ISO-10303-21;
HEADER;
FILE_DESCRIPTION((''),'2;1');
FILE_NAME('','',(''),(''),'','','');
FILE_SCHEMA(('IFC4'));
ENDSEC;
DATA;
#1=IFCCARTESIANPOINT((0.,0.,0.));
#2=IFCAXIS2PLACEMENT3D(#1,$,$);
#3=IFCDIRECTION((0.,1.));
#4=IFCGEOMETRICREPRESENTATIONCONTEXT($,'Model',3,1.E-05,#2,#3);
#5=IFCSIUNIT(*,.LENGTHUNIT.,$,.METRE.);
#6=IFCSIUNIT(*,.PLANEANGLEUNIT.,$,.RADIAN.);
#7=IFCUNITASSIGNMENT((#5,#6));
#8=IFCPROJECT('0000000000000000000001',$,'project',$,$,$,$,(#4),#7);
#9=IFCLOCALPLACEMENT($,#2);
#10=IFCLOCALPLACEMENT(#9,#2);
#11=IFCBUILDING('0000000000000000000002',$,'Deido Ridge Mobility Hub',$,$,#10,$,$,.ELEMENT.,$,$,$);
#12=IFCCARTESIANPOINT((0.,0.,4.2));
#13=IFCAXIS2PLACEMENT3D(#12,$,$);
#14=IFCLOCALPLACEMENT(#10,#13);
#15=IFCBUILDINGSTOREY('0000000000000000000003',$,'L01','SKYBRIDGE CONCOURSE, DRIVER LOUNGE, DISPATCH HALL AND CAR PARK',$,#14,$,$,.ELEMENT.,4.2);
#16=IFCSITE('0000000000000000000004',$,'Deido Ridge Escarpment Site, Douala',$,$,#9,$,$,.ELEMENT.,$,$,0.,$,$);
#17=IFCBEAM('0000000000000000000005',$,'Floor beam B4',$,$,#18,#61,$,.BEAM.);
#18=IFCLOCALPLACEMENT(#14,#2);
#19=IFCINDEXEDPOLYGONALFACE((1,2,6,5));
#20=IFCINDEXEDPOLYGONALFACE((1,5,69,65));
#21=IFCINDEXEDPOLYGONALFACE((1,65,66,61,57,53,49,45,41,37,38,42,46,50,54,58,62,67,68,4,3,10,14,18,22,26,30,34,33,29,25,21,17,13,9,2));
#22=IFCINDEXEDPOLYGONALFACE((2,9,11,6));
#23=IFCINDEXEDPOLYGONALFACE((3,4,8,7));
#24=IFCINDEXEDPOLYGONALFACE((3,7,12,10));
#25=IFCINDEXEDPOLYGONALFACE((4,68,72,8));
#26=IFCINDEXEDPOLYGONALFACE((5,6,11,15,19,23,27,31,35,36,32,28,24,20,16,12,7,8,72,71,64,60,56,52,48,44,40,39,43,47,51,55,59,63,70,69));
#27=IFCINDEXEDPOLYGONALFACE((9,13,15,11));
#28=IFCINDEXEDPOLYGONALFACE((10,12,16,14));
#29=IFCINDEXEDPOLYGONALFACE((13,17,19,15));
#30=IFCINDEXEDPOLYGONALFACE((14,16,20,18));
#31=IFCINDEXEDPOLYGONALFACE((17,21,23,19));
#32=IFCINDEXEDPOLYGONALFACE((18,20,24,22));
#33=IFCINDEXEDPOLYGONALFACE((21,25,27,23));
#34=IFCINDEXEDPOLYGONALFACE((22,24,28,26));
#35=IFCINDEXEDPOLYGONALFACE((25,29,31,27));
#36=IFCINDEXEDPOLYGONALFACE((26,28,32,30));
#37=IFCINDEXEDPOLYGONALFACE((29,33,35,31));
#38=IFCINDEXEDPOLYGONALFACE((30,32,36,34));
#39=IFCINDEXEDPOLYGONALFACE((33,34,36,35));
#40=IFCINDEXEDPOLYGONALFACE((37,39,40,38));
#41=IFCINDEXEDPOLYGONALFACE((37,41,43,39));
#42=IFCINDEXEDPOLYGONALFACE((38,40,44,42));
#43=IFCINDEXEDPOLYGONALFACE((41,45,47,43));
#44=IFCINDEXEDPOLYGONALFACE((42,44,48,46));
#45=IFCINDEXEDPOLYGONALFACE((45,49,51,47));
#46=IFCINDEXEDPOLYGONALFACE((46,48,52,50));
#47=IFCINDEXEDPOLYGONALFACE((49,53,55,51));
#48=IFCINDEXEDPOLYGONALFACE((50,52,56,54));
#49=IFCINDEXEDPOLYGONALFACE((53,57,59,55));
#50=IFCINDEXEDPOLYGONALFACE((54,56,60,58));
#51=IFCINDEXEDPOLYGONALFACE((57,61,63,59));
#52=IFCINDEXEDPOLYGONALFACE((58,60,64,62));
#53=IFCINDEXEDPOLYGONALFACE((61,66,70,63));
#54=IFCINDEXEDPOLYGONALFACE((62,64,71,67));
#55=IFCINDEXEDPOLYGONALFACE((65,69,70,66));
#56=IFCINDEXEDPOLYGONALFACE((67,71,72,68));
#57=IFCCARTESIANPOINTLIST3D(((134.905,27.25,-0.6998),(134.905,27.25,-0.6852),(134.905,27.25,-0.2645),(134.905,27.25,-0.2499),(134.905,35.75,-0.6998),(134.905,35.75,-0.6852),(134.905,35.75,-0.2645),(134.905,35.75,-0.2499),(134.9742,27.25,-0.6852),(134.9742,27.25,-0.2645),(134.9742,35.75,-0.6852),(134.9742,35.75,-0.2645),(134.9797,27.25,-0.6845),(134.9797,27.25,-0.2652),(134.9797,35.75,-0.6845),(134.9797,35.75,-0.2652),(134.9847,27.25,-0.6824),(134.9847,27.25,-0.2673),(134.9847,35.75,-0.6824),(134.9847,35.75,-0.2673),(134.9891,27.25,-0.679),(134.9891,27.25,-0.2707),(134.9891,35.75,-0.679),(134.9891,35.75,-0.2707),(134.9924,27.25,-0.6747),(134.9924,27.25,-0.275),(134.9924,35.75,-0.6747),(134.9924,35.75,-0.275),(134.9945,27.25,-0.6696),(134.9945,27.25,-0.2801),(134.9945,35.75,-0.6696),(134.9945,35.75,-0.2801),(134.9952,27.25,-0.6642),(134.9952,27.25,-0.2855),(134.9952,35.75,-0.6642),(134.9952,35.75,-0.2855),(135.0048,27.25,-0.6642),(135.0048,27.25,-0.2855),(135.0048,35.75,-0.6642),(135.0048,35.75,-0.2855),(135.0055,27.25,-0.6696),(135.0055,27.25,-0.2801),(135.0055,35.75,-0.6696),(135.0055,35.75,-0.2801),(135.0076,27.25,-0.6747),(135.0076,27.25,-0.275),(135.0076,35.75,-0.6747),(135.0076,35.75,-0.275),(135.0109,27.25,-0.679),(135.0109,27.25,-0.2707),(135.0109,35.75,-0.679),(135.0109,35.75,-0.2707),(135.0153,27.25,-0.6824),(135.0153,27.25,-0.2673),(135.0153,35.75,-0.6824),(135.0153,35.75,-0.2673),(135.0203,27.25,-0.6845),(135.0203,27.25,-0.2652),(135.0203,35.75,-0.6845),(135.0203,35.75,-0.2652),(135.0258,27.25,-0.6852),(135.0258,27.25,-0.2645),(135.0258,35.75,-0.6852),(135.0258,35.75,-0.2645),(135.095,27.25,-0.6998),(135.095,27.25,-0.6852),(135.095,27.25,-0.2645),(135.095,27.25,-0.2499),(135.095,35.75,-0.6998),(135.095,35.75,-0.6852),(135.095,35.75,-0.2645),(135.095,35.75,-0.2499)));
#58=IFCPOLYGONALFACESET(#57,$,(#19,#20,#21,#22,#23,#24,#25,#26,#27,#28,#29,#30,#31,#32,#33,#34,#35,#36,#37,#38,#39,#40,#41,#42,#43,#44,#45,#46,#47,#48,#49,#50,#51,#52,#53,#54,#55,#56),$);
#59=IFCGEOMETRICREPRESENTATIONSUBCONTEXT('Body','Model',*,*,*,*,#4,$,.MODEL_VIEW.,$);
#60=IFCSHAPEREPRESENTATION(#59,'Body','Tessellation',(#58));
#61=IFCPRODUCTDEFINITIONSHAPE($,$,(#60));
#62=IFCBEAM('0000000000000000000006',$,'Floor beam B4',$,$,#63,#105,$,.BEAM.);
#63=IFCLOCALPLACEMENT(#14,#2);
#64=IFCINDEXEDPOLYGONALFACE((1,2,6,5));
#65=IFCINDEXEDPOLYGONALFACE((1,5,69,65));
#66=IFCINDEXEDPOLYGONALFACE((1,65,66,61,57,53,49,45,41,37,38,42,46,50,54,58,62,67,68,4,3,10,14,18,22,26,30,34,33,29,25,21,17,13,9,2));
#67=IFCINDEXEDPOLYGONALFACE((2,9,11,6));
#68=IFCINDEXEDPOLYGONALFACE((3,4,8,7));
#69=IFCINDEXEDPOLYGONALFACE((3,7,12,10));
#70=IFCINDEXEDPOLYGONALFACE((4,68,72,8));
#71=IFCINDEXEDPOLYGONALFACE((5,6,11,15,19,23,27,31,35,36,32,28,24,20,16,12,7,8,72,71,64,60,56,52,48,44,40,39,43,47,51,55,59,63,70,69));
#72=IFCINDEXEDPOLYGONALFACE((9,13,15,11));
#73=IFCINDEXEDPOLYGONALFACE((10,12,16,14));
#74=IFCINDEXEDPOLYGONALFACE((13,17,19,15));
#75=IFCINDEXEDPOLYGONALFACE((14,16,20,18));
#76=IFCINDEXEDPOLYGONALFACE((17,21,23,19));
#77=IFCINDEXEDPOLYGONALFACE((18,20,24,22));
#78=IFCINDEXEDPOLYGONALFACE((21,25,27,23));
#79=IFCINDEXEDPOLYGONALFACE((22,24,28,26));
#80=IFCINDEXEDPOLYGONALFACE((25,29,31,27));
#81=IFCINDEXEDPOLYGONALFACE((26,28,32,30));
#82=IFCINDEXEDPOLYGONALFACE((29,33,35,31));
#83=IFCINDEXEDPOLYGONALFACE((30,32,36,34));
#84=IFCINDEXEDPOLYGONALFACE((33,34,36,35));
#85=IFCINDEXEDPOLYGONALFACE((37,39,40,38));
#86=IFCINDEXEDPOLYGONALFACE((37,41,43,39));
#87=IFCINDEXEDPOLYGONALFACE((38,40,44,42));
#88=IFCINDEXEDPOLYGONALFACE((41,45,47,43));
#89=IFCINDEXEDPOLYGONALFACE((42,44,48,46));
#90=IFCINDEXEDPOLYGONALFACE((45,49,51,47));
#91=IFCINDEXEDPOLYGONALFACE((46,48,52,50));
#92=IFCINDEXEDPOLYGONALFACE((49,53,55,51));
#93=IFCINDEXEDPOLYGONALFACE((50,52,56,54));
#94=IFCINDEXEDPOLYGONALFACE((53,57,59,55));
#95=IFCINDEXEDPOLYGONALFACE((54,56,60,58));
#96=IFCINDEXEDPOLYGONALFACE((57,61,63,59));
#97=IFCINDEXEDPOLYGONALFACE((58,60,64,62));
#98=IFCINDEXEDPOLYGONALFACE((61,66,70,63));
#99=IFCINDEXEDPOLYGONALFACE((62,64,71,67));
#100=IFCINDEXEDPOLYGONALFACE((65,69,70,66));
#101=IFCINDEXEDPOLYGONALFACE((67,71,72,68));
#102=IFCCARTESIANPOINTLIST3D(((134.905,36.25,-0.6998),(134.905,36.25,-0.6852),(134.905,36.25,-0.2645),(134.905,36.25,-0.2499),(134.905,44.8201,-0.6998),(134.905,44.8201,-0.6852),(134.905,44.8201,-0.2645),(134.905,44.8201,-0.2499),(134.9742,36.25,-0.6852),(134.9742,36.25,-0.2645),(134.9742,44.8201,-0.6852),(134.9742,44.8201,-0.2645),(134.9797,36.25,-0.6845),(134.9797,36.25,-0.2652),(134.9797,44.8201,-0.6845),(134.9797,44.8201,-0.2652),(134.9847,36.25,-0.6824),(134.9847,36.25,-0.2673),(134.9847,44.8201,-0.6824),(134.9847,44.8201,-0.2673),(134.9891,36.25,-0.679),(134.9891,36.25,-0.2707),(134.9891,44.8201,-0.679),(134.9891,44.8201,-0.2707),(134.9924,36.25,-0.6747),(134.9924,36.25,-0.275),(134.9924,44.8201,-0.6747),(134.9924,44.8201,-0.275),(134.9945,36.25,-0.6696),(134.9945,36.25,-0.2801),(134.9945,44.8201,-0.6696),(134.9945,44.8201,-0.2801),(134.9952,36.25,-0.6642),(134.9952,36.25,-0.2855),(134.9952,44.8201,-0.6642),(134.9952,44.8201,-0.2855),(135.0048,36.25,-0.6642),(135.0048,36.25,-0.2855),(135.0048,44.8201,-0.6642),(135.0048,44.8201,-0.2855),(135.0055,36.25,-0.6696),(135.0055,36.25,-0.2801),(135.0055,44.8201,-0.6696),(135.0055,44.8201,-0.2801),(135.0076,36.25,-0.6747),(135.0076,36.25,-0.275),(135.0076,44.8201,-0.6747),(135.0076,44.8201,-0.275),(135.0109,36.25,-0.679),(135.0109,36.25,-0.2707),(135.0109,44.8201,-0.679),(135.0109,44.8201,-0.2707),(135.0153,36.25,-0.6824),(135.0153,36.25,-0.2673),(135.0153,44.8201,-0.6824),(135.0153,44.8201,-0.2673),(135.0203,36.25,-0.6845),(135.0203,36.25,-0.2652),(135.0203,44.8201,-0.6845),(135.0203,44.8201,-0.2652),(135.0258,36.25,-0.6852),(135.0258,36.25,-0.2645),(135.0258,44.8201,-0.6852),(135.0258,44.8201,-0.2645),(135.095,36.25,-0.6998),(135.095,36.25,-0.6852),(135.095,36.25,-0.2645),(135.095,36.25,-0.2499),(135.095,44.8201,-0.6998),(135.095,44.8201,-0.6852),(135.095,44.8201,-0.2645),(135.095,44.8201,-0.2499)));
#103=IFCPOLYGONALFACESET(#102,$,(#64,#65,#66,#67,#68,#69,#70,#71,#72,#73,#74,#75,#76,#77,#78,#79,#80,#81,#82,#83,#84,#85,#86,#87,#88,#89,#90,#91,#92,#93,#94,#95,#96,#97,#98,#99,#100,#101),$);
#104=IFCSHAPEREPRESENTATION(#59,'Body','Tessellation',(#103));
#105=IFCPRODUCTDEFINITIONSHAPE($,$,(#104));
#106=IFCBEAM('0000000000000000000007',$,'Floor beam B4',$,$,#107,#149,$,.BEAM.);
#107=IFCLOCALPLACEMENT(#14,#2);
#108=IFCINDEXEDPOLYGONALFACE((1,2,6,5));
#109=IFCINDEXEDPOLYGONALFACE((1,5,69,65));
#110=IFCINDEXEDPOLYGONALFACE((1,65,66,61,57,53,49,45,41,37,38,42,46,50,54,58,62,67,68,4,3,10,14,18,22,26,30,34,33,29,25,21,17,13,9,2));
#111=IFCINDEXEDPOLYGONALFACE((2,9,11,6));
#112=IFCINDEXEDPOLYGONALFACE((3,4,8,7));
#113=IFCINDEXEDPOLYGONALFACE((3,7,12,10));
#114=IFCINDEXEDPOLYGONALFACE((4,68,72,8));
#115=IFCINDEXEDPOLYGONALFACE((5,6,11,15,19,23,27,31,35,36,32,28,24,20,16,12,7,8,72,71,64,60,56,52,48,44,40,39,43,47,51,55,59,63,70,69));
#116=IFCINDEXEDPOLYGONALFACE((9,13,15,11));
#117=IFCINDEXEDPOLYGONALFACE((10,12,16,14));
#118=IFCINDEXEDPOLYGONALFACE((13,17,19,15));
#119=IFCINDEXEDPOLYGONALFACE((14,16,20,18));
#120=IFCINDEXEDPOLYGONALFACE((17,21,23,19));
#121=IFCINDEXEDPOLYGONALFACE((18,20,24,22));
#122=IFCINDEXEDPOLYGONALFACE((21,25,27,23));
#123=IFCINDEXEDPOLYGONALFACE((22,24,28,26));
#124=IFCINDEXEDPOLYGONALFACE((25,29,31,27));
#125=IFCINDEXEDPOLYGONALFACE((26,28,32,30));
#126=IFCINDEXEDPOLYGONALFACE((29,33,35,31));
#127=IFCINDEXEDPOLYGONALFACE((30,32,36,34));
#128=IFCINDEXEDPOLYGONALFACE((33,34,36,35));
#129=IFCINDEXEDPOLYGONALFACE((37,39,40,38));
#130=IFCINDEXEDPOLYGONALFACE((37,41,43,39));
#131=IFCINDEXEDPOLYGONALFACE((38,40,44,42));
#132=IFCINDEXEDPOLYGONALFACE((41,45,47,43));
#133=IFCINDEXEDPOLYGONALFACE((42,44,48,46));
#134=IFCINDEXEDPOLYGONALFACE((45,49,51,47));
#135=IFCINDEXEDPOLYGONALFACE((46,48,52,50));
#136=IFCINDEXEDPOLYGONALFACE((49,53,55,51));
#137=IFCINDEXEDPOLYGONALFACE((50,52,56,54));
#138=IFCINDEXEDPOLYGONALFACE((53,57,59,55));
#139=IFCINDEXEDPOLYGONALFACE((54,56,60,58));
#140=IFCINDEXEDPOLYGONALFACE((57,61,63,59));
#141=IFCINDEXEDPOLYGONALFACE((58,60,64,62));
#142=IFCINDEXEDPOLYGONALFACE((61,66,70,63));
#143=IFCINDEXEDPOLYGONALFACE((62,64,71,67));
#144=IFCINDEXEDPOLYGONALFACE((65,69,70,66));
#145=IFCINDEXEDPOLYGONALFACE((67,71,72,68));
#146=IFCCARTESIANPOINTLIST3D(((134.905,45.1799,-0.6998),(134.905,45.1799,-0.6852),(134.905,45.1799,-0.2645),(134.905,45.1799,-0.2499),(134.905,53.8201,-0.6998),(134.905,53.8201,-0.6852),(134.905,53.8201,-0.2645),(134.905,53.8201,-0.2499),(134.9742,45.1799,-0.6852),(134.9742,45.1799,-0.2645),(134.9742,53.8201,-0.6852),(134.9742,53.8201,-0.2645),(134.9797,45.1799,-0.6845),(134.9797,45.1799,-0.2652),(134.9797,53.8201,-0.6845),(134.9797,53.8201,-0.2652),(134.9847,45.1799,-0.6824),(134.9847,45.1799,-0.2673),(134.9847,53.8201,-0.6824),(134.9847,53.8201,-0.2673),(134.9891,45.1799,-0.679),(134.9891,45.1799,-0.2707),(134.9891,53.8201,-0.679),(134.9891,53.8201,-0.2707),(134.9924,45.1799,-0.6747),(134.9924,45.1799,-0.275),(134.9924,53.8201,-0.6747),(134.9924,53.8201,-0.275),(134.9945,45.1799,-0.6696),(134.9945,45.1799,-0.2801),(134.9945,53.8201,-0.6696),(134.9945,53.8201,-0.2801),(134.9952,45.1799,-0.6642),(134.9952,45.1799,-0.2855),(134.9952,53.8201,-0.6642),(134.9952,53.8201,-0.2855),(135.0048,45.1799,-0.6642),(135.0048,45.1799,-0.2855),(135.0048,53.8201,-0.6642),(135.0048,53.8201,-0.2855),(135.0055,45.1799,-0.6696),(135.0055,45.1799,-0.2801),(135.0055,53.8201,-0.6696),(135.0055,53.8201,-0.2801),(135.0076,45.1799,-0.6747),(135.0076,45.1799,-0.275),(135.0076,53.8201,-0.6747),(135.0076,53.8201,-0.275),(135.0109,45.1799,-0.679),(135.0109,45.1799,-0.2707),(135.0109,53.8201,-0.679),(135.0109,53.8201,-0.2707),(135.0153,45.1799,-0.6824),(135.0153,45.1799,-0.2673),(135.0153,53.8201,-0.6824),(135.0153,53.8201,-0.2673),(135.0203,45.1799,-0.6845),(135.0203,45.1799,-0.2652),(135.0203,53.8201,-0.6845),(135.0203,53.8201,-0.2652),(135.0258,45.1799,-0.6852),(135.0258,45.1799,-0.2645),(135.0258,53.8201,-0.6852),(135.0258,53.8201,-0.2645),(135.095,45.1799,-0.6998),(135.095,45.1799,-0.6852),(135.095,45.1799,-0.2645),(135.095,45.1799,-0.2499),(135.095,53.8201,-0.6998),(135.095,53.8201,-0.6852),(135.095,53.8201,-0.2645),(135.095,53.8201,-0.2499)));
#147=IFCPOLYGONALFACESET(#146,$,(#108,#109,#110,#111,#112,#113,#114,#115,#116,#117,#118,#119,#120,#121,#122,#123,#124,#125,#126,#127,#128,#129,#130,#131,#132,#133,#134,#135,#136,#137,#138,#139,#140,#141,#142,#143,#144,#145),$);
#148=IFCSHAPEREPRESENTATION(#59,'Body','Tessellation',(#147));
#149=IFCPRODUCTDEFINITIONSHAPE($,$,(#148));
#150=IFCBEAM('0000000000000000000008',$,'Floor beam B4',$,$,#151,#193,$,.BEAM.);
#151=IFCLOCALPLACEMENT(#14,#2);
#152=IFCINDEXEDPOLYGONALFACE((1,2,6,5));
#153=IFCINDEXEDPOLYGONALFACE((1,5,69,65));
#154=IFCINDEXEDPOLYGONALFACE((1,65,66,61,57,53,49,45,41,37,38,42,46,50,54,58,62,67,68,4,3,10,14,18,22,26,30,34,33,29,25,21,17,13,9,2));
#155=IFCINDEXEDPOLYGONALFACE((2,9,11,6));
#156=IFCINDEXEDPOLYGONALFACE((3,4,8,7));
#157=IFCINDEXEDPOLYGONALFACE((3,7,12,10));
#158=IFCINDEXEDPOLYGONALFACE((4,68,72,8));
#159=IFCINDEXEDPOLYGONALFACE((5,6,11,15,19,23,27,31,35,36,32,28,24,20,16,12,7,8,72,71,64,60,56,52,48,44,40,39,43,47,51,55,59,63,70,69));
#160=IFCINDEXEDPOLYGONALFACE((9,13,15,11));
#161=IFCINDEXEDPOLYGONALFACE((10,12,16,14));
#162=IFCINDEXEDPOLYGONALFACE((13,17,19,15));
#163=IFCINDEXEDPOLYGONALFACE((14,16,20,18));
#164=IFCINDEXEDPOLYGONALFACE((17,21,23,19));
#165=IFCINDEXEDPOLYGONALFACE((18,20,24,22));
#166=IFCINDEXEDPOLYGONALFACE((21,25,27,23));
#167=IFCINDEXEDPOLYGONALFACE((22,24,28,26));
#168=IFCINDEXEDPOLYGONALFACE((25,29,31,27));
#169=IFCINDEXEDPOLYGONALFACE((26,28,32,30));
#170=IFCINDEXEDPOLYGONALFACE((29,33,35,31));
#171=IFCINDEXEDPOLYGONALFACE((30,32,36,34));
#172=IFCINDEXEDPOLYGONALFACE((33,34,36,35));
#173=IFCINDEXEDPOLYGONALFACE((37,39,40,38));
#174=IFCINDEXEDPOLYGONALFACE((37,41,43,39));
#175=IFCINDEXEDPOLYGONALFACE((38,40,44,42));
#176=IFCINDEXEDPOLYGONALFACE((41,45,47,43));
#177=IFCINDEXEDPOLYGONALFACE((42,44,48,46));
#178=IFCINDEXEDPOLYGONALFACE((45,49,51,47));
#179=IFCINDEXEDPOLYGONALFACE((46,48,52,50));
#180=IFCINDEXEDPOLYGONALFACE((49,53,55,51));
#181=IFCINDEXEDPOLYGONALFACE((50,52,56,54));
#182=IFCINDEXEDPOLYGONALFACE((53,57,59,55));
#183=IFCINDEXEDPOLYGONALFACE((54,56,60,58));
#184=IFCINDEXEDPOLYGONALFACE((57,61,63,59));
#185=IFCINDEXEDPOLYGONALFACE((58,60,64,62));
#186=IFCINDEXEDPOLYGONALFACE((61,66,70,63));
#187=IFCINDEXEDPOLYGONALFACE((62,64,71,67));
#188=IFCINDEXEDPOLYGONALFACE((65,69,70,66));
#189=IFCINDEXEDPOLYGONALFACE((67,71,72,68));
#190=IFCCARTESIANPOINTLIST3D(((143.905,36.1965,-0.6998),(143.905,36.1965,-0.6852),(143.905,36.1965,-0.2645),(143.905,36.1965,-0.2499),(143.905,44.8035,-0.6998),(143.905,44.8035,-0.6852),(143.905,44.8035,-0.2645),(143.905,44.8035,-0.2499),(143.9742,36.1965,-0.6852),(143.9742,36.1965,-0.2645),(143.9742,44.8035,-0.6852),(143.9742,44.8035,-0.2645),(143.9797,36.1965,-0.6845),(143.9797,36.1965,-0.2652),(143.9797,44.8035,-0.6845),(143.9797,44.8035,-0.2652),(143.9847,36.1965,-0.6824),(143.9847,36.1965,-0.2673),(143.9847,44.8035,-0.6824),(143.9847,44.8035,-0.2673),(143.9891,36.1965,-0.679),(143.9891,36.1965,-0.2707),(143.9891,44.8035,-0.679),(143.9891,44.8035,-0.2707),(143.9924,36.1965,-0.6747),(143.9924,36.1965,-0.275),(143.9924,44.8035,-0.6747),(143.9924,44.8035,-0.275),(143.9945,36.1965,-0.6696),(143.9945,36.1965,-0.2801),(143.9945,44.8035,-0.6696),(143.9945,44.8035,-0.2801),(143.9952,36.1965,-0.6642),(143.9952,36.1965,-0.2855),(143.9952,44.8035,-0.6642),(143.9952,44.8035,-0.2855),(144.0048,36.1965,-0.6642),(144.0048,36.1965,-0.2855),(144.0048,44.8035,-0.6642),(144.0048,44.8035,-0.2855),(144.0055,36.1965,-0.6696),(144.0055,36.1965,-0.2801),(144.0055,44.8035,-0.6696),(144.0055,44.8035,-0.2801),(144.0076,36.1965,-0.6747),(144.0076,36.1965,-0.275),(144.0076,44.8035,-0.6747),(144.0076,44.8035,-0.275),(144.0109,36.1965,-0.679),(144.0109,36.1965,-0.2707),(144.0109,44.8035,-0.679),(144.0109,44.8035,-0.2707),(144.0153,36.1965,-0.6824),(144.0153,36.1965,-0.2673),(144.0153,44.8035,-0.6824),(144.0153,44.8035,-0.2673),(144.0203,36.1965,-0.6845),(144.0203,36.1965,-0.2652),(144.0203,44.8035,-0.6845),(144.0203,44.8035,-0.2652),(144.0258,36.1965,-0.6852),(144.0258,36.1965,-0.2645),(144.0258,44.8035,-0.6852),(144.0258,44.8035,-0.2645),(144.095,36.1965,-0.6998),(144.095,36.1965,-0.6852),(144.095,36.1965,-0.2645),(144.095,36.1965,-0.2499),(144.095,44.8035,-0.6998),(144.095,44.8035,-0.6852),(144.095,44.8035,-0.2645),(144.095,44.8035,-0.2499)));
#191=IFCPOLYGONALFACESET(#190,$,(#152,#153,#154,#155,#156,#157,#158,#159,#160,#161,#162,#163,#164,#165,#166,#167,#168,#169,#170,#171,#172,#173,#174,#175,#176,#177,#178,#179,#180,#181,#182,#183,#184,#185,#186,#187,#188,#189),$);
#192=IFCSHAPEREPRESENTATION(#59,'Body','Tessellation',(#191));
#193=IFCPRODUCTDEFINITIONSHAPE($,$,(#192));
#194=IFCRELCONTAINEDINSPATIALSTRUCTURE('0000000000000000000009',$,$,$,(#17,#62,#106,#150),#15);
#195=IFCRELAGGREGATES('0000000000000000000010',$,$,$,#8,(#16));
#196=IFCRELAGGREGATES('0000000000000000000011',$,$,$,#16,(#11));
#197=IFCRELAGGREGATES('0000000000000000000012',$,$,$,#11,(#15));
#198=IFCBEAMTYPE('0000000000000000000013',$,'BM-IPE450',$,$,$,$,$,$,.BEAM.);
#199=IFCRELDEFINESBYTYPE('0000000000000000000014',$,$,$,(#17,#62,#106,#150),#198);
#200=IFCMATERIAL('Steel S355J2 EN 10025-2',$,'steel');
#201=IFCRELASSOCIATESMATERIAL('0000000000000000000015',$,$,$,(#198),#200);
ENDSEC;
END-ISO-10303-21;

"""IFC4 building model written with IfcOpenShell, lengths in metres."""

from ifc_helpers import new_model, si_unit, direction, frame, origin, origin_2d, place, context, subcontext, project, spatial, i_section, extrude, material, material_profile, profile_set, type_object, element, save


model = new_model("IFC4")

# Units and contexts
model_context = context("Model", 3, precision=1e-05, world=origin(), true_north=direction((0.0, 1.0)))
body_context = subcontext(model_context, "Body", "Model", "MODEL_VIEW")
ifc_project = project(units=[si_unit("LENGTHUNIT", "METRE"), si_unit("PLANEANGLEUNIT", "RADIAN")], contexts=[model_context])

# Site, building, storey
site_placement = place(None, origin())
site = spatial("IfcSite", under=ifc_project, at=site_placement, Name="Deido Ridge Escarpment Site, Douala", CompositionType="ELEMENT", RefElevation=0.0)
building_placement = place(site_placement, origin())
building = spatial("IfcBuilding", under=site, at=building_placement, Name="Deido Ridge Mobility Hub", CompositionType="ELEMENT")
storey_placement = place(building_placement, frame((0.0, 0.0, 4.2)))
storey = spatial("IfcBuildingStorey", under=building, at=storey_placement, Name="L01", Description="SKYBRIDGE CONCOURSE, DRIVER LOUNGE, DISPATCH HALL AND CAR PARK", CompositionType="ELEMENT", Elevation=4.2)

# Shared definitions
ifc_material_1 = material(Name="Steel S355J2 EN 10025-2", Category="steel")

# Beams
ifc_material_profile_1 = material_profile(ifc_material_1, i_section(OverallWidth=0.1899, OverallDepth=0.45, WebThickness=0.0095, FlangeThickness=0.0146, FilletRadius=0.021, at=origin_2d()), Name="IPE 450")
ifc_profile_set_1 = profile_set([ifc_material_profile_1], Name="Steel S355J2 EN 10025-2")
beam_type_1 = type_object("IfcBeamType", Name="BM-IPE450", PredefinedType="BEAM", material=ifc_profile_set_1)
beam_1_placement = place(storey_placement, frame((135.0, 27.25, -0.4749), z_axis=(0.0, 1.0, 0.0), x_axis=(-1.0, 0.0, 0.0)))
element("IfcBeam", 1, at=beam_1_placement, inside=storey, type_object=beam_type_1, Name="Floor beam B4", PredefinedType="BEAM", context=body_context, shape_type="SweptSolid", body=[
    extrude(i_section(OverallWidth=0.1899, OverallDepth=0.45, WebThickness=0.0095, FlangeThickness=0.0146, FilletRadius=0.021, at=origin_2d()), origin(), (0.0, 0.0, 1.0), 8.5),
])
beam_2_placement = place(storey_placement, frame((135.0, 36.25, -0.4749), z_axis=(0.0, 1.0, 0.0), x_axis=(-1.0, 0.0, 0.0)))
element("IfcBeam", 2, at=beam_2_placement, inside=storey, type_object=beam_type_1, Name="Floor beam B4", PredefinedType="BEAM", context=body_context, shape_type="SweptSolid", body=[
    extrude(i_section(OverallWidth=0.1899, OverallDepth=0.45, WebThickness=0.0095, FlangeThickness=0.0146, FilletRadius=0.021, at=origin_2d()), origin(), (0.0, 0.0, 1.0), 8.5701),
])
beam_3_placement = place(storey_placement, frame((135.0, 45.1799, -0.4749), z_axis=(0.0, 1.0, 0.0), x_axis=(-1.0, 0.0, 0.0)))
element("IfcBeam", 3, at=beam_3_placement, inside=storey, type_object=beam_type_1, Name="Floor beam B4", PredefinedType="BEAM", context=body_context, shape_type="SweptSolid", body=[
    extrude(i_section(OverallWidth=0.1899, OverallDepth=0.45, WebThickness=0.0095, FlangeThickness=0.0146, FilletRadius=0.021, at=origin_2d()), origin(), (0.0, 0.0, 1.0), 8.6401),
])
for number, where, z_axis, x_axis, name in (
    (4, (144.0, 36.1965, -0.4749), (0.0, 1.0, 0.0), (-1.0, 0.0, 0.0), "Floor beam B4"),
):
    element("IfcBeam", number, at=place(storey_placement, frame(where, z_axis=z_axis, x_axis=x_axis)), inside=storey, type_object=beam_type_1, Name=name, PredefinedType="BEAM", context=body_context, shape_type="SweptSolid", body=[
        extrude(i_section(OverallWidth=0.1899, OverallDepth=0.45, WebThickness=0.0095, FlangeThickness=0.0146, FilletRadius=0.021, at=origin_2d()), origin(), (0.0, 0.0, 1.0), 8.6069),
    ])

save(model, "model.ifc")
